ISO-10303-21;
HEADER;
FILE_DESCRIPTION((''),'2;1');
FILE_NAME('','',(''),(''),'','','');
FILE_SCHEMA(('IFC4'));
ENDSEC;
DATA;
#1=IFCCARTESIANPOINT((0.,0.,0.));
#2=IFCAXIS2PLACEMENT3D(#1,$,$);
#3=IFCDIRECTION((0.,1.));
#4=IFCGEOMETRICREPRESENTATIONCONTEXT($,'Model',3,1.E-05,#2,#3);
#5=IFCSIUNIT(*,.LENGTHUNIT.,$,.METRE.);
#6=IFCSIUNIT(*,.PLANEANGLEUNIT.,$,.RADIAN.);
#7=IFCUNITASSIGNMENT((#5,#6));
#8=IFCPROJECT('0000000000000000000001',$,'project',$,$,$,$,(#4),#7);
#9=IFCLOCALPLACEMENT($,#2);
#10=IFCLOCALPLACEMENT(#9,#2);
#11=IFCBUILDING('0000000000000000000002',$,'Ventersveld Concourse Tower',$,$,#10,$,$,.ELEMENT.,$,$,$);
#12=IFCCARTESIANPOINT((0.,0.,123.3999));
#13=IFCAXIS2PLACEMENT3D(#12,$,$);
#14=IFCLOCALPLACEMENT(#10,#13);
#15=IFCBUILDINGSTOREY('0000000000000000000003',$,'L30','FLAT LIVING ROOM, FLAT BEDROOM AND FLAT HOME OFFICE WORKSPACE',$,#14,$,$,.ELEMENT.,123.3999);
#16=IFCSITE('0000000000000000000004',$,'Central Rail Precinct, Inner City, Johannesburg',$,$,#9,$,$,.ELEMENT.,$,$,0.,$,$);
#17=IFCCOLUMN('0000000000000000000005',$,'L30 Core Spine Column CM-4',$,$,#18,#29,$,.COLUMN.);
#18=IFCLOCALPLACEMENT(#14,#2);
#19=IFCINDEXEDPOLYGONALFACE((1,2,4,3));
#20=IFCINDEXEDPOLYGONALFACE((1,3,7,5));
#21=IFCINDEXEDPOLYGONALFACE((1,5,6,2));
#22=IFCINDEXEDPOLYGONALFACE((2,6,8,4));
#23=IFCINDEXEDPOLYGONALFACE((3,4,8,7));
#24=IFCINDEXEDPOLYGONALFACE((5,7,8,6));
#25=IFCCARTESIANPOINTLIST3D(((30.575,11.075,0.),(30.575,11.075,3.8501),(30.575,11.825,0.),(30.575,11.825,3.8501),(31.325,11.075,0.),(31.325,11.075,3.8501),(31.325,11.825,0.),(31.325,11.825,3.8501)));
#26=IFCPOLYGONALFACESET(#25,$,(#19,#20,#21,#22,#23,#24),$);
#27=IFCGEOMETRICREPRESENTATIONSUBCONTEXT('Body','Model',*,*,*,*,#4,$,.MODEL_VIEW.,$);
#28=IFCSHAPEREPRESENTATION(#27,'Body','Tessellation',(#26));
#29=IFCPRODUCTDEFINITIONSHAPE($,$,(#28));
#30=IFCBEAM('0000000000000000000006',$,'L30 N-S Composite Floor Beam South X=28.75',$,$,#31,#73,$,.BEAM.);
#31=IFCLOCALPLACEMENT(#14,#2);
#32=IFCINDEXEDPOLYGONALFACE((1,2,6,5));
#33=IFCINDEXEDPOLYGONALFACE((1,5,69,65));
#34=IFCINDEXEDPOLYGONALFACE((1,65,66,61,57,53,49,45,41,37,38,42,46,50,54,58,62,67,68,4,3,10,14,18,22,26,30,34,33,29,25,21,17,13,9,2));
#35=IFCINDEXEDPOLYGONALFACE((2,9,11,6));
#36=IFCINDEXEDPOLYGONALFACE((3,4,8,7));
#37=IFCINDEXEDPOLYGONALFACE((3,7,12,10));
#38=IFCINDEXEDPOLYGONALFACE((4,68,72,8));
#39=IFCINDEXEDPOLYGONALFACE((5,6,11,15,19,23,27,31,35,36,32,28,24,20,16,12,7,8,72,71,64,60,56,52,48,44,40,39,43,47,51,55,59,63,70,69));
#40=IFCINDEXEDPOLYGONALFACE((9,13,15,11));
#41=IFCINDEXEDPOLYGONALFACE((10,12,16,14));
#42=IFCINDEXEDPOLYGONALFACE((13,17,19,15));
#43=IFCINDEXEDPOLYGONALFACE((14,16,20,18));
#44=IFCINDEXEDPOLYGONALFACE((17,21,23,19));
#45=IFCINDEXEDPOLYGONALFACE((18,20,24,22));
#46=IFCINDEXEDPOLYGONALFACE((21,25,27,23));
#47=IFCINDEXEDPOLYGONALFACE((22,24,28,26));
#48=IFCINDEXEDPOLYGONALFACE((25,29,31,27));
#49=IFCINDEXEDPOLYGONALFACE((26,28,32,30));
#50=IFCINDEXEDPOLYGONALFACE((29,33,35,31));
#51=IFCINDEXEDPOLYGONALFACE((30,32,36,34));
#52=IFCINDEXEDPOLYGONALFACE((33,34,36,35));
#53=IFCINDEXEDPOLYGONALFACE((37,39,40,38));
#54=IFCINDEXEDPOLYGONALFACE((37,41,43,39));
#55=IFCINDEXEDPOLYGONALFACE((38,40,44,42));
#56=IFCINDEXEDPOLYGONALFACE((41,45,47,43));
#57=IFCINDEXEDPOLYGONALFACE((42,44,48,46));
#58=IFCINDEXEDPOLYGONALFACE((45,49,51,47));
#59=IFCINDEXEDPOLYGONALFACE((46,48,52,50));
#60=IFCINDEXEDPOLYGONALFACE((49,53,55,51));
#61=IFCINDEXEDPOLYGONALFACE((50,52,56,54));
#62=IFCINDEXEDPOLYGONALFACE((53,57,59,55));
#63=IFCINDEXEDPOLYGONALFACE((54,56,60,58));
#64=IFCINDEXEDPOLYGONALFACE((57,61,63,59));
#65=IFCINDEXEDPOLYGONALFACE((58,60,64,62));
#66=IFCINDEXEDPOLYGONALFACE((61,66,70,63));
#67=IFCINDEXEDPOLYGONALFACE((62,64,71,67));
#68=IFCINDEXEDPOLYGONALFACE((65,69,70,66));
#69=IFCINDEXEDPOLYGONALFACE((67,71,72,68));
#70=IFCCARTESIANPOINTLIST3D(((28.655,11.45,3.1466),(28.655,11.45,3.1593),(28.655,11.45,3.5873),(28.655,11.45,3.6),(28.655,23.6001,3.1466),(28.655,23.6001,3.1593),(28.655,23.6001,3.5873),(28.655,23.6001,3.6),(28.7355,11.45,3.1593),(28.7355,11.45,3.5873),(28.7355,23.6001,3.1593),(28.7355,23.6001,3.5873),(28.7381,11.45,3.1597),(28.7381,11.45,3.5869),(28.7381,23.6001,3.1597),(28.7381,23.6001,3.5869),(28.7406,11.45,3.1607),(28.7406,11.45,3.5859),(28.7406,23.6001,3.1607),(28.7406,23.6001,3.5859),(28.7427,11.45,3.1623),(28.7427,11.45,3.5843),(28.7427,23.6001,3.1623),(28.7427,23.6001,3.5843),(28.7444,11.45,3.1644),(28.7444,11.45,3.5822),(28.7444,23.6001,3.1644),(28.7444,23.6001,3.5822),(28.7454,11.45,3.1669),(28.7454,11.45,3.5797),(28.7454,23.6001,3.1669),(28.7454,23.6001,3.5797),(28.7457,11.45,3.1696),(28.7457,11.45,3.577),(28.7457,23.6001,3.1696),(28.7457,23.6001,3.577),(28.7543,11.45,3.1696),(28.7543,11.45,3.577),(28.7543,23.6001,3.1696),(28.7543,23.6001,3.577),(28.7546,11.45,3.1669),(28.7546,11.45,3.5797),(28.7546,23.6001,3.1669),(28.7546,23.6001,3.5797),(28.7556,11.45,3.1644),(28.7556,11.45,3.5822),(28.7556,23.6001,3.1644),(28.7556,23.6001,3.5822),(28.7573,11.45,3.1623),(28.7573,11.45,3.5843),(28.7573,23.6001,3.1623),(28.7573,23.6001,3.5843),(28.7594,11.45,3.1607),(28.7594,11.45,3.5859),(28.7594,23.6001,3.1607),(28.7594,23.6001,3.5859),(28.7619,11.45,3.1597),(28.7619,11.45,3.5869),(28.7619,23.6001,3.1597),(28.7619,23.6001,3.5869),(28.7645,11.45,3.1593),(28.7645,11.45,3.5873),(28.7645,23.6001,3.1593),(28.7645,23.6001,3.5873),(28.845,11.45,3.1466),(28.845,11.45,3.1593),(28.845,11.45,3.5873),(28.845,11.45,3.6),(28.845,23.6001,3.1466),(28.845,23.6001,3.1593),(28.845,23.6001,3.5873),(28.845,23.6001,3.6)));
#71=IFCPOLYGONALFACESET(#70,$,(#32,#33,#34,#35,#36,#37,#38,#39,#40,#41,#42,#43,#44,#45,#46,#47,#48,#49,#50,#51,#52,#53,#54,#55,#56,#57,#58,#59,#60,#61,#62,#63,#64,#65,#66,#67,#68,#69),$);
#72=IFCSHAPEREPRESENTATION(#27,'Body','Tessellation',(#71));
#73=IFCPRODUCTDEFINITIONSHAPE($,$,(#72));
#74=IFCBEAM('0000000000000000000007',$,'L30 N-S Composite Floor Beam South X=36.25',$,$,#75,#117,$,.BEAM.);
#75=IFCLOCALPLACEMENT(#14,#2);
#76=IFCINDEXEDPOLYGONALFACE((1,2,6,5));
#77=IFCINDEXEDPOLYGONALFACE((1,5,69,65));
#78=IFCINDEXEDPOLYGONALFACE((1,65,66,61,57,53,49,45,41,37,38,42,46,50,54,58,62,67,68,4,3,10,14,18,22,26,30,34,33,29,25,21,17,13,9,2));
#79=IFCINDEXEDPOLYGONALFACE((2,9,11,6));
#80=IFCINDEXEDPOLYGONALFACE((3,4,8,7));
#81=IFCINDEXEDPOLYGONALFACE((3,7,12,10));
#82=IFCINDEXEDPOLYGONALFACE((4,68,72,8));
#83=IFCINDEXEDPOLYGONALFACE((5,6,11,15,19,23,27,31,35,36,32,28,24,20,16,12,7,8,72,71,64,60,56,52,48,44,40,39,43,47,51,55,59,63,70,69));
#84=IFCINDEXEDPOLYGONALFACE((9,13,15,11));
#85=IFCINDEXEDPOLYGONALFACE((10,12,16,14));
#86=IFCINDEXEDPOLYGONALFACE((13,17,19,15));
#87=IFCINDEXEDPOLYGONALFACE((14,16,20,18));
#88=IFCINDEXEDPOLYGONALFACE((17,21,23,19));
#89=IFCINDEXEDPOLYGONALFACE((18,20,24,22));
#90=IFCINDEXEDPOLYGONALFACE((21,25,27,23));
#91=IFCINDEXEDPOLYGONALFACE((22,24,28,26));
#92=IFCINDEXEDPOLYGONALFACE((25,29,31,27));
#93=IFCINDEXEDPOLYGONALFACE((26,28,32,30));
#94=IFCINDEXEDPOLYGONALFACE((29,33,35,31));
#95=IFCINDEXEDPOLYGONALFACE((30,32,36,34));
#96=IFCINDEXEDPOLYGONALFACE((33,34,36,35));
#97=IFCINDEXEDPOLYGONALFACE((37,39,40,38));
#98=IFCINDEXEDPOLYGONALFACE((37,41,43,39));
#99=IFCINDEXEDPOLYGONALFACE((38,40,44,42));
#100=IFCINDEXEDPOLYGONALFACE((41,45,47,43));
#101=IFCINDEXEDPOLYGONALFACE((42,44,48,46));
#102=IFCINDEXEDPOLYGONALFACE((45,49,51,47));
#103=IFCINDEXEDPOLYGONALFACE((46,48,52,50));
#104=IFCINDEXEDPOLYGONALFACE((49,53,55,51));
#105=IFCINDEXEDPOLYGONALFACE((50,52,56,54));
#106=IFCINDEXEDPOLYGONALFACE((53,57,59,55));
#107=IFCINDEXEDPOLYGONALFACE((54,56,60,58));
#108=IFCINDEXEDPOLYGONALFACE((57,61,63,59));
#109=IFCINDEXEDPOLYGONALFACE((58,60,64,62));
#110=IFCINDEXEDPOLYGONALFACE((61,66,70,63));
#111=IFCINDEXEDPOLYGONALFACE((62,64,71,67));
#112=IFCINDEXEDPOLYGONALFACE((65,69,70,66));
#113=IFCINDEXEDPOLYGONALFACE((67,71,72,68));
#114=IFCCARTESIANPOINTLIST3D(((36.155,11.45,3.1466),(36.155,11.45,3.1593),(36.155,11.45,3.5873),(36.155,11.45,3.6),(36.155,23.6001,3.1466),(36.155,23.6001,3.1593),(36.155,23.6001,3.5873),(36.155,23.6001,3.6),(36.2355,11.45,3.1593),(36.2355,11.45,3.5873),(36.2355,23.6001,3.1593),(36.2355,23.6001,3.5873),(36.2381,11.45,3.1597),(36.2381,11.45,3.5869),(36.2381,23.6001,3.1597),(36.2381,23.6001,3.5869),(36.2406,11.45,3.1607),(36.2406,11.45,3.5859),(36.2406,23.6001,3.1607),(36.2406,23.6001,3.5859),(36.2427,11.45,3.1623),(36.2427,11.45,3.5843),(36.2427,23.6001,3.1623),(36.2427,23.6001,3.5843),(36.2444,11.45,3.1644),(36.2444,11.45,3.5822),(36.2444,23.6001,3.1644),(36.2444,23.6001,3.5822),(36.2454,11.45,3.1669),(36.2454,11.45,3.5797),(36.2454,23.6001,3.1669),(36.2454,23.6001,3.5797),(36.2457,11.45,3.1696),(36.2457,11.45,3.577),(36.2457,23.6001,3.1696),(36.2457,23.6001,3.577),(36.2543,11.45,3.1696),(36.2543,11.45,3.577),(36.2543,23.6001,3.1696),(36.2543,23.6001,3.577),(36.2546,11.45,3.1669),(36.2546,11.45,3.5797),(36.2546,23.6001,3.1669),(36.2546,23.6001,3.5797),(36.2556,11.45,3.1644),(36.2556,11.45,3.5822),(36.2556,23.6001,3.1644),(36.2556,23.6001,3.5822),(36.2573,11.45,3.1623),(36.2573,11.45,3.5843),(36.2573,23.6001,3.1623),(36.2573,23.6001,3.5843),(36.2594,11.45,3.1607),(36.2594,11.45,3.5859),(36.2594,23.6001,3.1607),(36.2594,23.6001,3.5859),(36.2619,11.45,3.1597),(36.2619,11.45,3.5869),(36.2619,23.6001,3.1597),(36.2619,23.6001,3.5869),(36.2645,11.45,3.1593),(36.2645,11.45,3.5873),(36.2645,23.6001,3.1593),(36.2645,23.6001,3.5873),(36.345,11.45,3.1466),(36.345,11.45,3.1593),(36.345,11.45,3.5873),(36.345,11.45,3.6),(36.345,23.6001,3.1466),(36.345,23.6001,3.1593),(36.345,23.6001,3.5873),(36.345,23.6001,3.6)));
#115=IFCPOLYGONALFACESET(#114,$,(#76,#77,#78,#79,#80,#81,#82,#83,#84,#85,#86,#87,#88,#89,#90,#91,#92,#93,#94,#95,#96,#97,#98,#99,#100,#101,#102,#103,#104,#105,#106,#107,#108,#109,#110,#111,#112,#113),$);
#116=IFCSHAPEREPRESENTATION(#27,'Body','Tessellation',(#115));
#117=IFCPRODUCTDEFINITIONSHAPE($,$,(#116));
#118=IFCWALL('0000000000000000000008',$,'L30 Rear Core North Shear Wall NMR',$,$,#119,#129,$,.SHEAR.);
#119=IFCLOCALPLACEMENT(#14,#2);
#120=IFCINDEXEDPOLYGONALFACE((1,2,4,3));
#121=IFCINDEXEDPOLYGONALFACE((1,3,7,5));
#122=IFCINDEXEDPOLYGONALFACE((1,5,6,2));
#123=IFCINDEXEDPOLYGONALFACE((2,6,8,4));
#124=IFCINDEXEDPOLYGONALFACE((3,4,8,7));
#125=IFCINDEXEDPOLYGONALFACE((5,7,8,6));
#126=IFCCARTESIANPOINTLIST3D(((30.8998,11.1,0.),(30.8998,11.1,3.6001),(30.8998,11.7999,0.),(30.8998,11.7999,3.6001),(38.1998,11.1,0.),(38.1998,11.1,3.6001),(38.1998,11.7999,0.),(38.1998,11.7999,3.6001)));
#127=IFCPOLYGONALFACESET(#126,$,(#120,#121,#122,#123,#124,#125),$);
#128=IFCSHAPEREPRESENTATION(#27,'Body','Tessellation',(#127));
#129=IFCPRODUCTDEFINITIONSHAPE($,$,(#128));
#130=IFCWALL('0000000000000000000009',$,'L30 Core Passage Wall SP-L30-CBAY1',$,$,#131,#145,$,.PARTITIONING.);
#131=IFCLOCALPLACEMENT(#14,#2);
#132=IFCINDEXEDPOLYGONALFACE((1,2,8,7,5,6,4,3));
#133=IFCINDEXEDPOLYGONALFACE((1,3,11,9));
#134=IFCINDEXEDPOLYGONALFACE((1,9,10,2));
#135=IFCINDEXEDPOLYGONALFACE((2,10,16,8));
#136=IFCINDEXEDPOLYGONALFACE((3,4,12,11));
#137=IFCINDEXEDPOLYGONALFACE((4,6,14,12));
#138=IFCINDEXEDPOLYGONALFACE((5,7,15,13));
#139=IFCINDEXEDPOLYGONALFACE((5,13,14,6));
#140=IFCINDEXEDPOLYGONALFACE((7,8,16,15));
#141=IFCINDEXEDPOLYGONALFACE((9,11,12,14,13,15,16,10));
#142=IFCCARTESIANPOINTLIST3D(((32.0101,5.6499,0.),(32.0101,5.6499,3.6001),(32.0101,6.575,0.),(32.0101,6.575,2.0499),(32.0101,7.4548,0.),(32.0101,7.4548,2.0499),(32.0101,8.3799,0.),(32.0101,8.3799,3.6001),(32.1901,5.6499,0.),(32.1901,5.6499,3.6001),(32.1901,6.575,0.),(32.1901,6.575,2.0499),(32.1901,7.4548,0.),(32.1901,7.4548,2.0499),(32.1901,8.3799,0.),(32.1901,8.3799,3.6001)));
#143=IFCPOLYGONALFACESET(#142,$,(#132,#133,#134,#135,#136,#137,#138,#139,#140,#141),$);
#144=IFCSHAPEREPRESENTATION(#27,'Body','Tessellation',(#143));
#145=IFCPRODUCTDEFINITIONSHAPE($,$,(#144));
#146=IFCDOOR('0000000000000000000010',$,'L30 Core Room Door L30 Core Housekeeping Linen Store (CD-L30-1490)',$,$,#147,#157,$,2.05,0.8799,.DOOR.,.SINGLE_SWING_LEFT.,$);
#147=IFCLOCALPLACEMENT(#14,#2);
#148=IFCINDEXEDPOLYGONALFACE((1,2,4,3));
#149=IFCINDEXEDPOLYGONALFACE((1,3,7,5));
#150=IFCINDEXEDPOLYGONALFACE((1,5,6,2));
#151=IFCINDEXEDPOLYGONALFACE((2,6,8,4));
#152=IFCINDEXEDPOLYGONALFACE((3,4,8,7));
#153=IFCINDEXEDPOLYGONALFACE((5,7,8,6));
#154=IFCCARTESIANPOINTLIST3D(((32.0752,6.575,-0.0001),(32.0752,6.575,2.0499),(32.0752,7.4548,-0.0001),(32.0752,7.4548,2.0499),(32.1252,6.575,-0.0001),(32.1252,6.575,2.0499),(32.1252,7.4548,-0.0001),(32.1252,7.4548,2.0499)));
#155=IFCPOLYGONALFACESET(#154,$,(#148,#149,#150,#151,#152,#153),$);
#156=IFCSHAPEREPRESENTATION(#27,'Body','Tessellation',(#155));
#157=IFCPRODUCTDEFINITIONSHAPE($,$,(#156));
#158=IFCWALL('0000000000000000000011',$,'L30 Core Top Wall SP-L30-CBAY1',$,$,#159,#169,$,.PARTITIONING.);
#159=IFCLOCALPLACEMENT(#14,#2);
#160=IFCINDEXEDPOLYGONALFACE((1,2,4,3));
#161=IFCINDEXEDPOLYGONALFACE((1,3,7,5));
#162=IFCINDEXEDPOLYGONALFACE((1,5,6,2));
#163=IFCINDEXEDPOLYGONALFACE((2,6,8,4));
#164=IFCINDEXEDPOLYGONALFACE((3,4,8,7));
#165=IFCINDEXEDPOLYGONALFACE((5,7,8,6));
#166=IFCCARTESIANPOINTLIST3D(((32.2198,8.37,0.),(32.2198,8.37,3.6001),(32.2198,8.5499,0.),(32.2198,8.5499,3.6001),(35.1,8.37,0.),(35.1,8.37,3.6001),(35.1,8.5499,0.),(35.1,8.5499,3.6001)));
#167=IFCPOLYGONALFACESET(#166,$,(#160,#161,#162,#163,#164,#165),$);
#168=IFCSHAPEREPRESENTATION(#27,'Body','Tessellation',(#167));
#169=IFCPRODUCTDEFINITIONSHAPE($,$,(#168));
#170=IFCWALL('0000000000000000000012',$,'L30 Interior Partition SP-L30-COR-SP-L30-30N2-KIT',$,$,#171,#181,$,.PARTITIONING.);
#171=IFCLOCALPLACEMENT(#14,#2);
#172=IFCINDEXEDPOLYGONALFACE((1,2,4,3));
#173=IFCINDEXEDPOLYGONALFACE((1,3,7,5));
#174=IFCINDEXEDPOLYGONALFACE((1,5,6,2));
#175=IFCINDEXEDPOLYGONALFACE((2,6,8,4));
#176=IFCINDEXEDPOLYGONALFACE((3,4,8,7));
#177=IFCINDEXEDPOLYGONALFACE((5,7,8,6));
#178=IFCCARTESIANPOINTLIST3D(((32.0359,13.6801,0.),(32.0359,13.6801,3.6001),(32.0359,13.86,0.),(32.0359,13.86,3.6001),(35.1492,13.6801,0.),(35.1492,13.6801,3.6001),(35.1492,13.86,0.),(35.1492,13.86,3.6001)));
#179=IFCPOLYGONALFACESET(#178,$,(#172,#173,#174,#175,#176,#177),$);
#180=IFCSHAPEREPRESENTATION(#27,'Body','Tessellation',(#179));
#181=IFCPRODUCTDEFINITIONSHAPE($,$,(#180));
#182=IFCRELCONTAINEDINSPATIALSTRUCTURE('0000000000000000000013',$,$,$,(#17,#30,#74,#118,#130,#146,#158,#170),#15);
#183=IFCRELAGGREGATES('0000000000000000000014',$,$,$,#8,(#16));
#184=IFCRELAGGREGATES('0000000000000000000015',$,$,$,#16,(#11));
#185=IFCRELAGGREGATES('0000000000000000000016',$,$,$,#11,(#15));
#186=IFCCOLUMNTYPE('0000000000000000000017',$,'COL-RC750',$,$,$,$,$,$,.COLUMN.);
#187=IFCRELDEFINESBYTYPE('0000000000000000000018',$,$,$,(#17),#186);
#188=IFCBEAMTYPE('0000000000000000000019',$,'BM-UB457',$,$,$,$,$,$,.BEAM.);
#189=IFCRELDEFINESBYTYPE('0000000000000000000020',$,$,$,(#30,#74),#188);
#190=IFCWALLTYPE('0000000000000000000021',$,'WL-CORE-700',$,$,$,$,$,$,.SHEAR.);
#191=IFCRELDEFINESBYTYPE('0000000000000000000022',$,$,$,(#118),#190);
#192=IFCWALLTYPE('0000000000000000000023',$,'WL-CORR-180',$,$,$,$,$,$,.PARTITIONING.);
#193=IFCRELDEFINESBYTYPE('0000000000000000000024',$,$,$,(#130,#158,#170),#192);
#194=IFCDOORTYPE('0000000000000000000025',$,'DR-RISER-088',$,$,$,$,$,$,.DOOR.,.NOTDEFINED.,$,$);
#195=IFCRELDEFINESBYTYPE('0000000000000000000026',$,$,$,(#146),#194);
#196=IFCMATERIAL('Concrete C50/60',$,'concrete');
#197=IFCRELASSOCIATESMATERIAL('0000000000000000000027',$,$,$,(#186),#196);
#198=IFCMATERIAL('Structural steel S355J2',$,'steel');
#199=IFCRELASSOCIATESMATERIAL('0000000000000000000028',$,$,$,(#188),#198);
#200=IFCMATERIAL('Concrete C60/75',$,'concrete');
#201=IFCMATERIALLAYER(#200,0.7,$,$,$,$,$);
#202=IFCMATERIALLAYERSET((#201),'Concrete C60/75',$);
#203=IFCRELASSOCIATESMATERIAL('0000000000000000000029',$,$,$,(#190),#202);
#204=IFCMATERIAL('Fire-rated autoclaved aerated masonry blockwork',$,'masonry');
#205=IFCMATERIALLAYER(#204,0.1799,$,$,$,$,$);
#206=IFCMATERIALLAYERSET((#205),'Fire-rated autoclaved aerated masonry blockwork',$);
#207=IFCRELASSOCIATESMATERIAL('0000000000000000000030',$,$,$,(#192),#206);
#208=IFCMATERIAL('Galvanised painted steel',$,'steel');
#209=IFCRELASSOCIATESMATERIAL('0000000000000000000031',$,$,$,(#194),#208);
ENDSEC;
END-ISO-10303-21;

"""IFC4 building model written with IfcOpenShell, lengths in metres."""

from ifc_helpers import new_model, si_unit, direction, frame, frame_2d, origin, origin_2d, place, context, subcontext, project, spatial, rectangle, i_section, extrude, material, layer, layer_set, material_profile, profile_set, type_object, element, fill, save


model = new_model("IFC4")

# Units and contexts
model_context = context("Model", 3, precision=1e-05, world=origin(), true_north=direction((0.0, 1.0)))
body_context = subcontext(model_context, "Body", "Model", "MODEL_VIEW")
ifc_project = project(units=[si_unit("LENGTHUNIT", "METRE"), si_unit("PLANEANGLEUNIT", "RADIAN")], contexts=[model_context])

# Site, building, storey
site_placement = place(None, origin())
site = spatial("IfcSite", under=ifc_project, at=site_placement, Name="Central Rail Precinct, Inner City, Johannesburg", CompositionType="ELEMENT", RefElevation=0.0)
building_placement = place(site_placement, origin())
building = spatial("IfcBuilding", under=site, at=building_placement, Name="Ventersveld Concourse Tower", CompositionType="ELEMENT")
storey_placement = place(building_placement, frame((0.0, 0.0, 123.3999)))
storey = spatial("IfcBuildingStorey", under=building, at=storey_placement, Name="L30", Description="FLAT LIVING ROOM, FLAT BEDROOM AND FLAT HOME OFFICE WORKSPACE", CompositionType="ELEMENT", Elevation=123.3999)

# Column
ifc_material_1 = material(Name="Concrete C50/60", Category="concrete")
ifc_material_profile_1 = material_profile(ifc_material_1, rectangle(XDim=0.75, YDim=0.75, at=origin_2d()), Name="RC 750x750")
ifc_profile_set_1 = profile_set([ifc_material_profile_1], Name="Concrete C50/60")
column_type = type_object("IfcColumnType", Name="COL-RC750", PredefinedType="COLUMN", material=ifc_profile_set_1)
column_placement = place(storey_placement, frame((30.95, 11.45, 0.0), z_axis=(0.0, 0.0, 1.0), x_axis=(1.0, 0.0, 0.0)))
element("IfcColumn", 1, at=column_placement, inside=storey, type_object=column_type, Name="L30 Core Spine Column CM-4", PredefinedType="COLUMN", context=body_context, shape_type="SweptSolid", body=[
    extrude(rectangle(XDim=0.75, YDim=0.75, at=origin_2d()), origin(), (0.0, 0.0, 1.0), 3.8501),
])

# Beams
ifc_material_2 = material(Name="Structural steel S355J2", Category="steel")
ifc_material_profile_2 = material_profile(ifc_material_2, i_section(OverallWidth=0.1899, OverallDepth=0.4534, WebThickness=0.0085, FlangeThickness=0.0127, FilletRadius=0.0103, at=origin_2d()), Name="UB 457x191x67")
ifc_profile_set_2 = profile_set([ifc_material_profile_2], Name="Structural steel S355J2")
beam_type = type_object("IfcBeamType", Name="BM-UB457", PredefinedType="BEAM", material=ifc_profile_set_2)
for number, where, z_axis, x_axis, name in (
    (2, (28.75, 11.45, 3.3733), (0.0, 1.0, 0.0), (-1.0, 0.0, 0.0), "L30 N-S Composite Floor Beam South X=28.75"),
    (3, (36.25, 11.45, 3.3733), (0.0, 1.0, 0.0), (-1.0, 0.0, 0.0), "L30 N-S Composite Floor Beam South X=36.25"),
):
    element("IfcBeam", number, at=place(storey_placement, frame(where, z_axis=z_axis, x_axis=x_axis)), inside=storey, type_object=beam_type, Name=name, PredefinedType="BEAM", context=body_context, shape_type="SweptSolid", body=[
        extrude(i_section(OverallWidth=0.1899, OverallDepth=0.4534, WebThickness=0.0085, FlangeThickness=0.0127, FilletRadius=0.0103, at=origin_2d()), origin(), (0.0, 0.0, 1.0), 12.1501),
    ])

# Wall
ifc_material_3 = material(Name="Concrete C60/75", Category="concrete")
ifc_layer_1 = layer(ifc_material_3, 0.7)
ifc_layer_set_1 = layer_set([ifc_layer_1], Name="Concrete C60/75")
wall_type_1 = type_object("IfcWallType", Name="WL-CORE-700", PredefinedType="SHEAR", material=ifc_layer_set_1)
wall_1_placement = place(storey_placement, frame((30.8999, 11.45, 0.0), z_axis=(0.0, 0.0, 1.0), x_axis=(1.0, 0.0, 0.0)))
element("IfcWall", 4, at=wall_1_placement, inside=storey, type_object=wall_type_1, Name="L30 Rear Core North Shear Wall NMR", PredefinedType="SHEAR", context=body_context, shape_type="SweptSolid", body=[
    extrude(rectangle(XDim=7.3, YDim=0.7, at=frame_2d((3.6499, 0.0))), origin(), (0.0, 0.0, 1.0), 3.6001),
])

# Wall, opening, door
ifc_material_4 = material(Name="Fire-rated autoclaved aerated masonry blockwork", Category="masonry")
ifc_layer_2 = layer(ifc_material_4, 0.1799)
ifc_layer_set_2 = layer_set([ifc_layer_2], Name="Fire-rated autoclaved aerated masonry blockwork")
wall_type_2 = type_object("IfcWallType", Name="WL-CORR-180", PredefinedType="PARTITIONING", material=ifc_layer_set_2)
wall_2_placement = place(storey_placement, frame((32.1001, 5.6499, 0.0), z_axis=(0.0, 0.0, 1.0), x_axis=(0.0, 1.0, 0.0)))
wall_2 = element("IfcWall", 5, at=wall_2_placement, inside=storey, type_object=wall_type_2, Name="L30 Core Passage Wall SP-L30-CBAY1", PredefinedType="PARTITIONING", context=body_context, shape_type="SweptSolid", body=[
    extrude(rectangle(XDim=2.73, YDim=0.1799, at=frame_2d((1.365, 0.0))), origin(), (0.0, 0.0, 1.0), 3.6001),
])
opening_1_placement = place(wall_2_placement, frame((0.925, 0.0, 0.0)))
opening_1 = element("IfcOpeningElement", 6, at=opening_1_placement, cuts=wall_2, PredefinedType="OPENING", context=body_context, shape_type="SweptSolid", body=[
    extrude(rectangle(XDim=0.8799, YDim=2.05, at=frame_2d((0.4399, 1.0249))), frame((0.0, 0.1001, 0.0), z_axis=(0.0, -1.0, 0.0), x_axis=(1.0, 0.0, 0.0)), (0.0, 0.0, 1.0), 0.2),
])
ifc_material_5 = material(Name="Galvanised painted steel", Category="steel")
door_type_1 = type_object("IfcDoorType", Name="DR-RISER-088", OperationType="NOTDEFINED", PredefinedType="DOOR", material=ifc_material_5)
door_1_placement = place(opening_1_placement, origin())
door_1 = element("IfcDoor", 7, at=door_1_placement, inside=storey, type_object=door_type_1, Name="L30 Core Room Door L30 Core Housekeeping Linen Store (CD-L30-1490)", OperationType="SINGLE_SWING_LEFT", OverallHeight=2.05, OverallWidth=0.8799, PredefinedType="DOOR", context=body_context, shape_type="SweptSolid", body=[
    extrude(rectangle(XDim=0.8799, YDim=2.05, at=frame_2d((0.4399, 1.0249))), frame((0.0, 0.0249, 0.0), z_axis=(0.0, -1.0, 0.0), x_axis=(1.0, 0.0, 0.0)), (0.0, 0.0, 1.0), 0.05),
])
fill(opening_1, door_1)

# Walls
wall_3_placement = place(storey_placement, frame((32.22, 8.46, 0.0), z_axis=(0.0, 0.0, 1.0), x_axis=(1.0, 0.0, 0.0)))
element("IfcWall", 8, at=wall_3_placement, inside=storey, type_object=wall_type_2, Name="L30 Core Top Wall SP-L30-CBAY1", PredefinedType="PARTITIONING", context=body_context, shape_type="SweptSolid", body=[
    extrude(rectangle(XDim=2.8801, YDim=0.1799, at=frame_2d((1.4399, 0.0))), origin(), (0.0, 0.0, 1.0), 3.6001),
])
wall_4_placement = place(storey_placement, frame((32.0359, 13.77, 0.0), z_axis=(0.0, 0.0, 1.0), x_axis=(1.0, 0.0, 0.0)))
element("IfcWall", 9, at=wall_4_placement, inside=storey, type_object=wall_type_2, Name="L30 Interior Partition SP-L30-COR-SP-L30-30N2-KIT", PredefinedType="PARTITIONING", context=body_context, shape_type="SweptSolid", body=[
    extrude(rectangle(XDim=3.1133, YDim=0.1799, at=frame_2d((1.5566, 0.0))), origin(), (0.0, 0.0, 1.0), 3.6001),
])

save(model, "model.ifc")
